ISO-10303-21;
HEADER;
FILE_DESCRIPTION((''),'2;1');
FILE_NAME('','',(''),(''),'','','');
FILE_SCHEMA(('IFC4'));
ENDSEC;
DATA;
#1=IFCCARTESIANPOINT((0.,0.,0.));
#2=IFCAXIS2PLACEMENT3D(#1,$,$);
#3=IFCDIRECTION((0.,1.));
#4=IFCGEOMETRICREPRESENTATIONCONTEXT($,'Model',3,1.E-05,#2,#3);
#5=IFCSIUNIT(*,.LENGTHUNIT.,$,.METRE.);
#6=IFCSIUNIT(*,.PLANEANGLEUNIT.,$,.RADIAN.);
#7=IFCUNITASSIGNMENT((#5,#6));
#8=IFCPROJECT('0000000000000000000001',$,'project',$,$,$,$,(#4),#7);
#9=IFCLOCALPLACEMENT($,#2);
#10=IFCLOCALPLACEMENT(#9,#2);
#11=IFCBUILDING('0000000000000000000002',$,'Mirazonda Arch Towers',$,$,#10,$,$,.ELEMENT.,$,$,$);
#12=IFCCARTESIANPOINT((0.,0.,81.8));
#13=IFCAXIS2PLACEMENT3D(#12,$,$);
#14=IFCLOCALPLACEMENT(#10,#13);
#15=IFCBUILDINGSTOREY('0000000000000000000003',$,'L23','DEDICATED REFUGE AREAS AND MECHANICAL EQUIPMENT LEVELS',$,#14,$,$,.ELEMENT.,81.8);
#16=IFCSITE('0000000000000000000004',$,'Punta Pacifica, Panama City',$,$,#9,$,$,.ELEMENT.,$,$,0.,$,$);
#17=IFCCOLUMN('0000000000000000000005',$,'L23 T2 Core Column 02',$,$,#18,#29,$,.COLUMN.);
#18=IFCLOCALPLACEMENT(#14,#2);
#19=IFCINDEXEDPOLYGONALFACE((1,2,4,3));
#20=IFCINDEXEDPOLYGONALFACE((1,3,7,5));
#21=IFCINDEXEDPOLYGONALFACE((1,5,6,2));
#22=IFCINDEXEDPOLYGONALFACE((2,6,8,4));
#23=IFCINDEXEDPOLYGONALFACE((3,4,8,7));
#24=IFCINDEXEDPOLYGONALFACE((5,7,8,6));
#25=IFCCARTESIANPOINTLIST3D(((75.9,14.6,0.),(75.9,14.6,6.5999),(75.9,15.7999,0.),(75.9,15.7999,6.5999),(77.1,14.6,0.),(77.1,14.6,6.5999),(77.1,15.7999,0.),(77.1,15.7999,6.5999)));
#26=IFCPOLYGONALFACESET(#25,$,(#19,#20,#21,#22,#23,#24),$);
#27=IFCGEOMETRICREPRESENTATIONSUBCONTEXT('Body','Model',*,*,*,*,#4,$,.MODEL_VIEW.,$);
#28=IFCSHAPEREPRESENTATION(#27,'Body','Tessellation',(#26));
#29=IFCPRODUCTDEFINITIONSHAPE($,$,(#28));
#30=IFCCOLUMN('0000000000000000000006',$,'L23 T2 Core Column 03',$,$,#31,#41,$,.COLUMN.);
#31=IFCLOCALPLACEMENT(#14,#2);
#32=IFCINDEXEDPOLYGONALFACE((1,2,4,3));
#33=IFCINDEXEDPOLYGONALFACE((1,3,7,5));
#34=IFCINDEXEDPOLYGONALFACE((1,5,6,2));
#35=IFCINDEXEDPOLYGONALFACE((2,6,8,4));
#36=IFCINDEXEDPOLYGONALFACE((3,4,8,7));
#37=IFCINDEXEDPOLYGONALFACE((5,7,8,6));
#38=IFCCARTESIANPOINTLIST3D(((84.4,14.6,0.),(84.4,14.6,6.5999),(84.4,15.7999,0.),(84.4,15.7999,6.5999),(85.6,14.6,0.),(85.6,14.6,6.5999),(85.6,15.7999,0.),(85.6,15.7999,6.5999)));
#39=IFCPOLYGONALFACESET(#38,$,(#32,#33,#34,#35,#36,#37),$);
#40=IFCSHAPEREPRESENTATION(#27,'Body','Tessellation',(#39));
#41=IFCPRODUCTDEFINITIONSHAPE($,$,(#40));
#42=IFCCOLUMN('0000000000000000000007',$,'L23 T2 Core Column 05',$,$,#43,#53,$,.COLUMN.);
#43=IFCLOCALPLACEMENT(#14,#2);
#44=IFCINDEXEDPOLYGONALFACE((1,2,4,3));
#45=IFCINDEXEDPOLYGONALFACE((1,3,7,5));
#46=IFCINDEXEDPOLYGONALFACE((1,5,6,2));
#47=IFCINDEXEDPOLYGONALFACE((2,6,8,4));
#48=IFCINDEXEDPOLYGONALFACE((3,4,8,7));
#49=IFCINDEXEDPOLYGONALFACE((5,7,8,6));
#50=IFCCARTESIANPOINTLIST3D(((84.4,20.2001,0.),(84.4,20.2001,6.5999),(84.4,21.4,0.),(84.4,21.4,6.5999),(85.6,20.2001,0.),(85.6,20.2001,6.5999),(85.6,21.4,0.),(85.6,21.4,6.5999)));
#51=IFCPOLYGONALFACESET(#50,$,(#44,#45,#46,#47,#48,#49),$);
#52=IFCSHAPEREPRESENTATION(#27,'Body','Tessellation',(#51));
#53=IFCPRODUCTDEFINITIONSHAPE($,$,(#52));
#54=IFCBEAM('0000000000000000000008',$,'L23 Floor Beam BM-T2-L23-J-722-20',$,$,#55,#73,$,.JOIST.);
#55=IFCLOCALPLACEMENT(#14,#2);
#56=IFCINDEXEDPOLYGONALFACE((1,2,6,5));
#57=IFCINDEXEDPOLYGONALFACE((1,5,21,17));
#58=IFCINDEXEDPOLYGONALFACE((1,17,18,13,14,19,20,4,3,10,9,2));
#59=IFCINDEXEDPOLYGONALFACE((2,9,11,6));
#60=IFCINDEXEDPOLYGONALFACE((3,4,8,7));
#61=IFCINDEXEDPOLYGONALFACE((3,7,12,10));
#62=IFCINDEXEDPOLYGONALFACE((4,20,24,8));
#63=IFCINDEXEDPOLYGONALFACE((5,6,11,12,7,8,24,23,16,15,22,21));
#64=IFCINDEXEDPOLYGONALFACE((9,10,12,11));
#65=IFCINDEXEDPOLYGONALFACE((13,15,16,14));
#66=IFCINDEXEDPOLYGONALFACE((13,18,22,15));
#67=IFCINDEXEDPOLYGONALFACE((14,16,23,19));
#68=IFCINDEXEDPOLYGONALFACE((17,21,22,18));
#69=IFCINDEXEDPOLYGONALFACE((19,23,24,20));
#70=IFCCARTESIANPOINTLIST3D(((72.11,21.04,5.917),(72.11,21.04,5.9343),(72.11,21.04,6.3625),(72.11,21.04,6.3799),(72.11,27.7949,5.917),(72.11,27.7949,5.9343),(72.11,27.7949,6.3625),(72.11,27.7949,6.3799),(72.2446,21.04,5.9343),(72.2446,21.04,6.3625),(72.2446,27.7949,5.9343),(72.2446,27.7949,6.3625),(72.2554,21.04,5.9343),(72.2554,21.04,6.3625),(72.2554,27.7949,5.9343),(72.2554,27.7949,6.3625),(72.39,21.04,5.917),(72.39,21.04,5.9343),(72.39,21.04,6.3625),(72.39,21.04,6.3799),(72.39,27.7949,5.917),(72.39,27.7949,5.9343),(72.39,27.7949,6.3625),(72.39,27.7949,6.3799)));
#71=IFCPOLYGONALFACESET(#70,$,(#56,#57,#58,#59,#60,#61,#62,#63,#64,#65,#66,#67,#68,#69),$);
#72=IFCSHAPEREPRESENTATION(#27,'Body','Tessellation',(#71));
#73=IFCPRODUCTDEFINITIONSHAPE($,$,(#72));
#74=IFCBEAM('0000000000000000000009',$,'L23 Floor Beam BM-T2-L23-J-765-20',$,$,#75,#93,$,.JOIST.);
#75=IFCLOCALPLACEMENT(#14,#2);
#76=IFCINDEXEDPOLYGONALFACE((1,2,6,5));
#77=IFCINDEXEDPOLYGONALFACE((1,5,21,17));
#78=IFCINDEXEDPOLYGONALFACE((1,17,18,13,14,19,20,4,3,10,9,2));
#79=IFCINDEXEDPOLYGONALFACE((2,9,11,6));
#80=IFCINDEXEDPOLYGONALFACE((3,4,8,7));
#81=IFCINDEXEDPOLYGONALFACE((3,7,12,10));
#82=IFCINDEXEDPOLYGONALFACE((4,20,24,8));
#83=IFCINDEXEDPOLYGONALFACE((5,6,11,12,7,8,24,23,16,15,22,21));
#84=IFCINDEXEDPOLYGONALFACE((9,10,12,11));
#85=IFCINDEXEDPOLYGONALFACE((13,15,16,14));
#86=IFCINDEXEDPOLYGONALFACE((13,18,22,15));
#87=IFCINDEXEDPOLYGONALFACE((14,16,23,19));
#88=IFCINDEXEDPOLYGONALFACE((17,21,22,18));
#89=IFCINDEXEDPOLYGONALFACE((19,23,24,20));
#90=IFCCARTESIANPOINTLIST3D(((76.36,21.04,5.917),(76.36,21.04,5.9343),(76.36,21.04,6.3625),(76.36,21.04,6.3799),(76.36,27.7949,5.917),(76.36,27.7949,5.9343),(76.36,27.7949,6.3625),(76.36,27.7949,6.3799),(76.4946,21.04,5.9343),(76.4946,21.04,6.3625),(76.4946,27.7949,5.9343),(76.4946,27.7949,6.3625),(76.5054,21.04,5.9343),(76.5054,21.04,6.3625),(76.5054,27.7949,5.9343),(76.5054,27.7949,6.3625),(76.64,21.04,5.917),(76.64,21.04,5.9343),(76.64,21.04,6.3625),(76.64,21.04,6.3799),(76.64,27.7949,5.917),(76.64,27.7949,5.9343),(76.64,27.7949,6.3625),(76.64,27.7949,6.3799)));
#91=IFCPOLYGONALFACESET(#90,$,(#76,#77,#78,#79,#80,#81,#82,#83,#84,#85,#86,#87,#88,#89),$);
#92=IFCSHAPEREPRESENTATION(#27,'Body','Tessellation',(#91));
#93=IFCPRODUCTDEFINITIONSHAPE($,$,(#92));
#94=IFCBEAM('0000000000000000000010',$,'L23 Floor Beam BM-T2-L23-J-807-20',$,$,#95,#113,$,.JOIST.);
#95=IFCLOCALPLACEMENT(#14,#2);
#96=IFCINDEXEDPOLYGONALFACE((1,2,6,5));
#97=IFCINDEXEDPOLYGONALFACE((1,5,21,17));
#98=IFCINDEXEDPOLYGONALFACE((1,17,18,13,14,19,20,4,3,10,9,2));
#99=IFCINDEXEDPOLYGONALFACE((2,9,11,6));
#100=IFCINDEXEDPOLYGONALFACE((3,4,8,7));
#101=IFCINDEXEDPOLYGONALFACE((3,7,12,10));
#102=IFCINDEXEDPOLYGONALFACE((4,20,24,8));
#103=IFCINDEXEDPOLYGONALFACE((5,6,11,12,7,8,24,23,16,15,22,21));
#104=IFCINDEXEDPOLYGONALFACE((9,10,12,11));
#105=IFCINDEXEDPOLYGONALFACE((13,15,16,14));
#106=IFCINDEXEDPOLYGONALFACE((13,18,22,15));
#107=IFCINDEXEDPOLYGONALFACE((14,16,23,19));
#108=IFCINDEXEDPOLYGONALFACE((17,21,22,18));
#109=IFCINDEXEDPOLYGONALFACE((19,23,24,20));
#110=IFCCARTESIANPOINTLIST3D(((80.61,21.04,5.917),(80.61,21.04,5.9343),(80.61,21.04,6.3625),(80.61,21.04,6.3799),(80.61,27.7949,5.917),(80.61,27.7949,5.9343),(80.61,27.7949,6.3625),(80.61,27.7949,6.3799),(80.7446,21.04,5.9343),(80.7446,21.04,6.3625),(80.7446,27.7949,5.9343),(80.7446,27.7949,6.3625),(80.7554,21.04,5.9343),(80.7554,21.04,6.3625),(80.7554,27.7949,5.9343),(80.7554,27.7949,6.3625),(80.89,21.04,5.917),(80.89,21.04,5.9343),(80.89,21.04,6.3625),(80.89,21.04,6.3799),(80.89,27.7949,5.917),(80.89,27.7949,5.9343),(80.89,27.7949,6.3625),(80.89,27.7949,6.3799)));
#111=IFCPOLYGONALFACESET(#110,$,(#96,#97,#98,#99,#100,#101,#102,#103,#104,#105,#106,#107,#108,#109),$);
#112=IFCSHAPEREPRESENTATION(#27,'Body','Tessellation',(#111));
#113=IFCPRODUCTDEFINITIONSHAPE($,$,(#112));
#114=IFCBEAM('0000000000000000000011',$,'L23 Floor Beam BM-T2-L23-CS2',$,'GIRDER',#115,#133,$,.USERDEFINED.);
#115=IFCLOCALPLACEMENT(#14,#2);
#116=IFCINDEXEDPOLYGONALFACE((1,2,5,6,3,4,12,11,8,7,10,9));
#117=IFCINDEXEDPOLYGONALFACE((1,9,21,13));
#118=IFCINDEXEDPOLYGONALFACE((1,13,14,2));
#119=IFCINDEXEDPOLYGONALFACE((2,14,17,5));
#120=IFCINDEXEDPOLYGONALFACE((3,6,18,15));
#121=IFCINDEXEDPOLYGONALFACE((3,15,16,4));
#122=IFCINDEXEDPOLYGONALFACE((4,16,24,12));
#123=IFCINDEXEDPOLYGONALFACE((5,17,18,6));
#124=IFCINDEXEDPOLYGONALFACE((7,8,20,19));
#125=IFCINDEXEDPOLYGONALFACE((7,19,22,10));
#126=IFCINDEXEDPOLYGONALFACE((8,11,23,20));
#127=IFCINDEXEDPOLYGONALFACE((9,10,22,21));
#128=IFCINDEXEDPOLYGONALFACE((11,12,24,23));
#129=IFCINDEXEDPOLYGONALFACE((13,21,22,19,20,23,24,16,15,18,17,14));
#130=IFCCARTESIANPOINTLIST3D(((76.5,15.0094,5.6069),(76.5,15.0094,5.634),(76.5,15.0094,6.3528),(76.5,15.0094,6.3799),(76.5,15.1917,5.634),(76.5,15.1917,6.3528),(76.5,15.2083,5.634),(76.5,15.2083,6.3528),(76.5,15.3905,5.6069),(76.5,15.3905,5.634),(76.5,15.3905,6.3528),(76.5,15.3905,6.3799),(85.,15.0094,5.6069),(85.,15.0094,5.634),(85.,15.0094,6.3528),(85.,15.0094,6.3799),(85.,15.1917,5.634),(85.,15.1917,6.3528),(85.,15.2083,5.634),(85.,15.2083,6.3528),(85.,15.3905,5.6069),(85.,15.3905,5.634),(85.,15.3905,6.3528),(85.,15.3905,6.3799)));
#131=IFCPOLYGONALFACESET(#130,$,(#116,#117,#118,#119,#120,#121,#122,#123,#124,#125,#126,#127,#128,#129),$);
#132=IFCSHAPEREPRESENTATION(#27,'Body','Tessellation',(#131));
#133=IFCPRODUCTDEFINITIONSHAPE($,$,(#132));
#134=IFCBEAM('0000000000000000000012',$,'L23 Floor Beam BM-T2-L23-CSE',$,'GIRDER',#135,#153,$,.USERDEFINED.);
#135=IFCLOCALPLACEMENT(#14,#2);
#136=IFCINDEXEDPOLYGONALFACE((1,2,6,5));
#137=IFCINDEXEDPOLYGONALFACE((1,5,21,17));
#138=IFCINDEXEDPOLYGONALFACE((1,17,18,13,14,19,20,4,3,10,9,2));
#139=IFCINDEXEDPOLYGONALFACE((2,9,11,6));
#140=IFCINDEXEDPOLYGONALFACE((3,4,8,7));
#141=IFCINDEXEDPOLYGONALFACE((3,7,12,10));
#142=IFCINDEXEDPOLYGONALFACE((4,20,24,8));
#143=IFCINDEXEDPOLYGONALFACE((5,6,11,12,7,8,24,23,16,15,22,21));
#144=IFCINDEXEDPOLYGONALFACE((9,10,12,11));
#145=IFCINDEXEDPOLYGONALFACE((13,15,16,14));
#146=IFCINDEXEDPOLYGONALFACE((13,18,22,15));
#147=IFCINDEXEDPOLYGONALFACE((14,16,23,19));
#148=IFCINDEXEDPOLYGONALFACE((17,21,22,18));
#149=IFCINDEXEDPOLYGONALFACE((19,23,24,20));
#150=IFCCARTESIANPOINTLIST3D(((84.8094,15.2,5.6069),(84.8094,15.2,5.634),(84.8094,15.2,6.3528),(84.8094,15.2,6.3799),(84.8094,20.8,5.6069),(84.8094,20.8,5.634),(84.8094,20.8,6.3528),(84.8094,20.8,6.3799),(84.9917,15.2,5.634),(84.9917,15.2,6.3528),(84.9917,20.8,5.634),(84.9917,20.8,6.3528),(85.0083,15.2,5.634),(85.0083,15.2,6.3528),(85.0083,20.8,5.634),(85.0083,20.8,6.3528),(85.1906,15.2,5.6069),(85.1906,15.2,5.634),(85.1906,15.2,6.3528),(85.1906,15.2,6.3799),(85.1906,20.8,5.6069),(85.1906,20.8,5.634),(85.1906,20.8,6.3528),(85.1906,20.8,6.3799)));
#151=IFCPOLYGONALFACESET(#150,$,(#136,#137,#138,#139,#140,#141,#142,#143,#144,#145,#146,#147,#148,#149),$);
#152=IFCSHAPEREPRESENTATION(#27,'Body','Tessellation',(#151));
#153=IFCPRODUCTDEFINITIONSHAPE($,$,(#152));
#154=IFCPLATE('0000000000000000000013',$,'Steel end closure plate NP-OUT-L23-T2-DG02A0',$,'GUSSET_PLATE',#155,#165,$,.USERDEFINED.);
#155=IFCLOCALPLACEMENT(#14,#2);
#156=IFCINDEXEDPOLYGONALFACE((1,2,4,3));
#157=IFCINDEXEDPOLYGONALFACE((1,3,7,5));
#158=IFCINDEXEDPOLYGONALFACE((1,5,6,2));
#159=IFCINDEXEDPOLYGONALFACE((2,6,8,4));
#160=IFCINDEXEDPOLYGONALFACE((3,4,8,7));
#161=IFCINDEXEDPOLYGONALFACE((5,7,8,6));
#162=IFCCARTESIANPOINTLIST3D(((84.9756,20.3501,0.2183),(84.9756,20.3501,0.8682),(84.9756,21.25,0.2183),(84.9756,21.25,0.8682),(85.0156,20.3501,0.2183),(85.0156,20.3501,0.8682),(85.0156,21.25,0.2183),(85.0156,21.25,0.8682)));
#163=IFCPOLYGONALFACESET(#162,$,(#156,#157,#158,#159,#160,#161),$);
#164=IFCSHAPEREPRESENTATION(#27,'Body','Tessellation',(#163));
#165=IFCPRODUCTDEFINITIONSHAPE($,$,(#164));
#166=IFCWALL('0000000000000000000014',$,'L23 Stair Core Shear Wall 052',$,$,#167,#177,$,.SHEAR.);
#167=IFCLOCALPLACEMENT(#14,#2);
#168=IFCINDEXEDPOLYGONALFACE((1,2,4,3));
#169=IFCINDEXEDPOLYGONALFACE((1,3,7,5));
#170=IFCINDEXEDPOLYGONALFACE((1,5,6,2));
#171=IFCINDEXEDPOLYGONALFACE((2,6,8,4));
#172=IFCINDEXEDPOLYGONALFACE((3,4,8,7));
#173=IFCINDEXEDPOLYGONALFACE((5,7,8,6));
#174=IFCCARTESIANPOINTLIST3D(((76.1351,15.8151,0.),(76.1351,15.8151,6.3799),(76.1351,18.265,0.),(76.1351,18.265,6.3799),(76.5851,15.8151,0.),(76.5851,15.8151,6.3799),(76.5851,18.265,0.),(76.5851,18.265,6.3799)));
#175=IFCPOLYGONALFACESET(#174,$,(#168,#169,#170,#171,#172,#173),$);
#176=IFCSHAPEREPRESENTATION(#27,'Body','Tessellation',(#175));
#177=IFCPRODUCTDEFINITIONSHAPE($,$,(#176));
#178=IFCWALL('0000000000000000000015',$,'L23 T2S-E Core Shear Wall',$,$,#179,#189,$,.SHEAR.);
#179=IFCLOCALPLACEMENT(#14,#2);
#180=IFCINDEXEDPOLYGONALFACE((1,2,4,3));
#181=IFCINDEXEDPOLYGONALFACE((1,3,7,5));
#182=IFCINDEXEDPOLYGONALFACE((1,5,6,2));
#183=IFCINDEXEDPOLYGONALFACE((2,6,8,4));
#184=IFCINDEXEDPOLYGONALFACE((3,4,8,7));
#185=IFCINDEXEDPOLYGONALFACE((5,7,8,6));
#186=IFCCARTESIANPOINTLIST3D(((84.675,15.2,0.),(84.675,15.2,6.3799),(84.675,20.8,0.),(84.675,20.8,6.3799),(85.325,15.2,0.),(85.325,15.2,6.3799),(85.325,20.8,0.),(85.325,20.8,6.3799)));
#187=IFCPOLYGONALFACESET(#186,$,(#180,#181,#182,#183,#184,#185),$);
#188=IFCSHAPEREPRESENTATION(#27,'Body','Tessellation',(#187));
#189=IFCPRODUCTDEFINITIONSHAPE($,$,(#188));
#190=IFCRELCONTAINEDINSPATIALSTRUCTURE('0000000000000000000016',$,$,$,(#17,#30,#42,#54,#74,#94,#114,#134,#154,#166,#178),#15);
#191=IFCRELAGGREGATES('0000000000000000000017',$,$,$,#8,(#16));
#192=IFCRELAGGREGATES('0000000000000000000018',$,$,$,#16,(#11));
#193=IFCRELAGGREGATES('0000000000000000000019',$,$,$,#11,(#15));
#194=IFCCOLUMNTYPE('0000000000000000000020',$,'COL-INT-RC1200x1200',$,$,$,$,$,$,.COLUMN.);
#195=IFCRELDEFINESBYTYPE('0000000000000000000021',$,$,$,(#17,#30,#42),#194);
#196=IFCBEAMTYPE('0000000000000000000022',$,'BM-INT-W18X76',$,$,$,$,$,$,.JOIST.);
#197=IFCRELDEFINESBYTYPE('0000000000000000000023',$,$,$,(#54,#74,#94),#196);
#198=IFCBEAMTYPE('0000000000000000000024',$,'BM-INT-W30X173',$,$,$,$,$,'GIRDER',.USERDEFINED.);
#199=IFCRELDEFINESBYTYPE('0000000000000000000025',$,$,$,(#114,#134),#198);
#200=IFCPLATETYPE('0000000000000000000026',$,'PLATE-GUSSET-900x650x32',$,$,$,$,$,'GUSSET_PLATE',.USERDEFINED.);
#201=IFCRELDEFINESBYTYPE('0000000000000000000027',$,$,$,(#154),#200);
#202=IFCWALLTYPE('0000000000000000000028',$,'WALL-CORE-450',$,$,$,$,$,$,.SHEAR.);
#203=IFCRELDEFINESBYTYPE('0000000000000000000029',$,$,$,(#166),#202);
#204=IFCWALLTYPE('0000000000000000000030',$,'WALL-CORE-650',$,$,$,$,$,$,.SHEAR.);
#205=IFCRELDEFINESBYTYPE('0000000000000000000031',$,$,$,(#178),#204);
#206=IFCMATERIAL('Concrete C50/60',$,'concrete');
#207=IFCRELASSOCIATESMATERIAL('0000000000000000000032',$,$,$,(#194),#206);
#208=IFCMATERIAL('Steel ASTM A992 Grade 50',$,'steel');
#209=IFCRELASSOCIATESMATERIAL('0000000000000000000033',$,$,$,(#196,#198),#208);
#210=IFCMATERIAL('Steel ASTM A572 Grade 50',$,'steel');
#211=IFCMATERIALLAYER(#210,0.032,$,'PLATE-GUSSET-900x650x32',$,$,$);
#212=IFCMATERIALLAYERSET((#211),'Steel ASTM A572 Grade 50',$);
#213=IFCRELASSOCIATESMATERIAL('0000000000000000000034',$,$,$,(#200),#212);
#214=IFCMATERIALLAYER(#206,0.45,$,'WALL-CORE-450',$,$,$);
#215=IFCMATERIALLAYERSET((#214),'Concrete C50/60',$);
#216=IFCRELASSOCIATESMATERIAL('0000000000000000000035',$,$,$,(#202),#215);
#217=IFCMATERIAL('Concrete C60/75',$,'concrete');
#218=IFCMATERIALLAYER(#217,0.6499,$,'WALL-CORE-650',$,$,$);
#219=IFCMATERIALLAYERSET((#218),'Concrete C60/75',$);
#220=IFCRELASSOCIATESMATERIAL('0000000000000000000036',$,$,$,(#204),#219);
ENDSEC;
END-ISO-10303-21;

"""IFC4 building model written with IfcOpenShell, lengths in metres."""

from ifc_helpers import new_model, si_unit, direction, frame, frame_2d, origin, origin_2d, place, context, subcontext, project, spatial, rectangle, i_section, extrude, material, layer, layer_set, material_profile, profile_set, type_object, element, save


model = new_model("IFC4")

# Units and contexts
model_context = context("Model", 3, precision=1e-05, world=origin(), true_north=direction((0.0, 1.0)))
body_context = subcontext(model_context, "Body", "Model", "MODEL_VIEW")
ifc_project = project(units=[si_unit("LENGTHUNIT", "METRE"), si_unit("PLANEANGLEUNIT", "RADIAN")], contexts=[model_context])

# Site, building, storey
site_placement = place(None, origin())
site = spatial("IfcSite", under=ifc_project, at=site_placement, Name="Punta Pacifica, Panama City", CompositionType="ELEMENT", RefElevation=0.0)
building_placement = place(site_placement, origin())
building = spatial("IfcBuilding", under=site, at=building_placement, Name="Mirazonda Arch Towers", CompositionType="ELEMENT")
storey_placement = place(building_placement, frame((0.0, 0.0, 81.8)))
storey = spatial("IfcBuildingStorey", under=building, at=storey_placement, Name="L23", Description="DEDICATED REFUGE AREAS AND MECHANICAL EQUIPMENT LEVELS", CompositionType="ELEMENT", Elevation=81.8)

# Columns
ifc_material_1 = material(Name="Concrete C50/60", Category="concrete")
ifc_material_profile_1 = material_profile(ifc_material_1, rectangle(XDim=1.2, YDim=1.2, at=origin_2d()), Name="RC1200x1200")
ifc_profile_set_1 = profile_set([ifc_material_profile_1], Name="Concrete C50/60")
column_type = type_object("IfcColumnType", Name="COL-INT-RC1200x1200", PredefinedType="COLUMN", material=ifc_profile_set_1)
for number, where, z_axis, x_axis, name in (
    (1, (76.5, 15.2, 0.0), (0.0, 0.0, 1.0), (1.0, 0.0, 0.0), "L23 T2 Core Column 02"),
    (2, (85.0, 15.2, 0.0), (0.0, 0.0, 1.0), (1.0, 0.0, 0.0), "L23 T2 Core Column 03"),
    (3, (85.0, 20.8, 0.0), (0.0, 0.0, 1.0), (1.0, 0.0, 0.0), "L23 T2 Core Column 05"),
):
    element("IfcColumn", number, at=place(storey_placement, frame(where, z_axis=z_axis, x_axis=x_axis)), inside=storey, type_object=column_type, Name=name, PredefinedType="COLUMN", context=body_context, shape_type="SweptSolid", body=[
        extrude(rectangle(XDim=1.2, YDim=1.2, at=origin_2d()), origin(), (0.0, 0.0, 1.0), 6.5999),
    ])

# Beams
ifc_material_2 = material(Name="Steel ASTM A992 Grade 50", Category="steel")
ifc_material_profile_2 = material_profile(ifc_material_2, i_section(OverallWidth=0.28, OverallDepth=0.4629, WebThickness=0.0107, FlangeThickness=0.0173, at=origin_2d()), Name="W18X76")
ifc_profile_set_2 = profile_set([ifc_material_profile_2], Name="Steel ASTM A992 Grade 50")
beam_type_1 = type_object("IfcBeamType", Name="BM-INT-W18X76", PredefinedType="JOIST", material=ifc_profile_set_2)
for number, where, z_axis, x_axis, name in (
    (4, (72.25, 21.04, 6.1484), (0.0, 1.0, 0.0), (-1.0, 0.0, 0.0), "L23 Floor Beam BM-T2-L23-J-722-20"),
    (5, (76.5, 21.04, 6.1484), (0.0, 1.0, 0.0), (-1.0, 0.0, 0.0), "L23 Floor Beam BM-T2-L23-J-765-20"),
    (6, (80.75, 21.04, 6.1484), (0.0, 1.0, 0.0), (-1.0, 0.0, 0.0), "L23 Floor Beam BM-T2-L23-J-807-20"),
):
    element("IfcBeam", number, at=place(storey_placement, frame(where, z_axis=z_axis, x_axis=x_axis)), inside=storey, type_object=beam_type_1, Name=name, PredefinedType="JOIST", context=body_context, shape_type="SweptSolid", body=[
        extrude(i_section(OverallWidth=0.28, OverallDepth=0.4629, WebThickness=0.0107, FlangeThickness=0.0173, at=origin_2d()), origin(), (0.0, 0.0, 1.0), 6.7549),
    ])
ifc_material_profile_3 = material_profile(ifc_material_2, i_section(OverallWidth=0.3811, OverallDepth=0.7729, WebThickness=0.0166, FlangeThickness=0.0271, at=origin_2d()), Name="W30X173")
ifc_profile_set_3 = profile_set([ifc_material_profile_3], Name="Steel ASTM A992 Grade 50")
beam_type_2 = type_object("IfcBeamType", Name="BM-INT-W30X173", ElementType="GIRDER", PredefinedType="USERDEFINED", material=ifc_profile_set_3)
beam_1_placement = place(storey_placement, frame((76.5, 15.2, 5.9934), z_axis=(1.0, 0.0, 0.0), x_axis=(0.0, 1.0, 0.0)))
element("IfcBeam", 7, at=beam_1_placement, inside=storey, type_object=beam_type_2, Name="L23 Floor Beam BM-T2-L23-CS2", ObjectType="GIRDER", PredefinedType="USERDEFINED", context=body_context, shape_type="SweptSolid", body=[
    extrude(i_section(OverallWidth=0.3811, OverallDepth=0.7729, WebThickness=0.0166, FlangeThickness=0.0271, at=origin_2d()), origin(), (0.0, 0.0, 1.0), 8.5),
])
beam_2_placement = place(storey_placement, frame((85.0, 15.2, 5.9934), z_axis=(0.0, 1.0, 0.0), x_axis=(-1.0, 0.0, 0.0)))
element("IfcBeam", 8, at=beam_2_placement, inside=storey, type_object=beam_type_2, Name="L23 Floor Beam BM-T2-L23-CSE", ObjectType="GIRDER", PredefinedType="USERDEFINED", context=body_context, shape_type="SweptSolid", body=[
    extrude(i_section(OverallWidth=0.3811, OverallDepth=0.7729, WebThickness=0.0166, FlangeThickness=0.0271, at=origin_2d()), origin(), (0.0, 0.0, 1.0), 5.6001),
])

# Plate
ifc_material_3 = material(Name="Steel ASTM A572 Grade 50", Category="steel")
ifc_layer_1 = layer(ifc_material_3, 0.032, Name="PLATE-GUSSET-900x650x32")
ifc_layer_set_1 = layer_set([ifc_layer_1], Name="Steel ASTM A572 Grade 50")
plate_type = type_object("IfcPlateType", Name="PLATE-GUSSET-900x650x32", ElementType="GUSSET_PLATE", PredefinedType="USERDEFINED", material=ifc_layer_set_1)
plate_placement = place(storey_placement, frame((84.9956, 20.8, 0.2183), z_axis=(0.0, 0.0, 1.0), x_axis=(-1.0, 0.0, 0.0)))
element("IfcPlate", 9, at=plate_placement, inside=storey, type_object=plate_type, Name="Steel end closure plate NP-OUT-L23-T2-DG02A0", ObjectType="GUSSET_PLATE", PredefinedType="USERDEFINED", context=body_context, shape_type="SweptSolid", body=[
    extrude(rectangle(XDim=0.04, YDim=0.8999, at=origin_2d()), origin(), (0.0, 0.0, 1.0), 0.6499),
])

# Walls
ifc_layer_2 = layer(ifc_material_1, 0.45, Name="WALL-CORE-450")
ifc_layer_set_2 = layer_set([ifc_layer_2], Name="Concrete C50/60")
wall_type_1 = type_object("IfcWallType", Name="WALL-CORE-450", PredefinedType="SHEAR", material=ifc_layer_set_2)
wall_1_placement = place(storey_placement, frame((76.3601, 15.8149, 0.0), z_axis=(0.0, 0.0, 1.0), x_axis=(0.0, 1.0, 0.0)))
element("IfcWall", 10, at=wall_1_placement, inside=storey, type_object=wall_type_1, Name="L23 Stair Core Shear Wall 052", PredefinedType="SHEAR", context=body_context, shape_type="SweptSolid", body=[
    extrude(rectangle(XDim=2.45, YDim=0.45, at=frame_2d((1.2251, 0.0))), origin(), (0.0, 0.0, 1.0), 6.3799),
])
ifc_material_4 = material(Name="Concrete C60/75", Category="concrete")
ifc_layer_3 = layer(ifc_material_4, 0.6499, Name="WALL-CORE-650")
ifc_layer_set_3 = layer_set([ifc_layer_3], Name="Concrete C60/75")
wall_type_2 = type_object("IfcWallType", Name="WALL-CORE-650", PredefinedType="SHEAR", material=ifc_layer_set_3)
wall_2_placement = place(storey_placement, frame((85.0, 15.2, 0.0), z_axis=(0.0, 0.0, 1.0), x_axis=(0.0, 1.0, 0.0)))
element("IfcWall", 11, at=wall_2_placement, inside=storey, type_object=wall_type_2, Name="L23 T2S-E Core Shear Wall", PredefinedType="SHEAR", context=body_context, shape_type="SweptSolid", body=[
    extrude(rectangle(XDim=5.6001, YDim=0.6499, at=frame_2d((2.8, 0.0))), origin(), (0.0, 0.0, 1.0), 6.3799),
])

save(model, "model.ifc")
